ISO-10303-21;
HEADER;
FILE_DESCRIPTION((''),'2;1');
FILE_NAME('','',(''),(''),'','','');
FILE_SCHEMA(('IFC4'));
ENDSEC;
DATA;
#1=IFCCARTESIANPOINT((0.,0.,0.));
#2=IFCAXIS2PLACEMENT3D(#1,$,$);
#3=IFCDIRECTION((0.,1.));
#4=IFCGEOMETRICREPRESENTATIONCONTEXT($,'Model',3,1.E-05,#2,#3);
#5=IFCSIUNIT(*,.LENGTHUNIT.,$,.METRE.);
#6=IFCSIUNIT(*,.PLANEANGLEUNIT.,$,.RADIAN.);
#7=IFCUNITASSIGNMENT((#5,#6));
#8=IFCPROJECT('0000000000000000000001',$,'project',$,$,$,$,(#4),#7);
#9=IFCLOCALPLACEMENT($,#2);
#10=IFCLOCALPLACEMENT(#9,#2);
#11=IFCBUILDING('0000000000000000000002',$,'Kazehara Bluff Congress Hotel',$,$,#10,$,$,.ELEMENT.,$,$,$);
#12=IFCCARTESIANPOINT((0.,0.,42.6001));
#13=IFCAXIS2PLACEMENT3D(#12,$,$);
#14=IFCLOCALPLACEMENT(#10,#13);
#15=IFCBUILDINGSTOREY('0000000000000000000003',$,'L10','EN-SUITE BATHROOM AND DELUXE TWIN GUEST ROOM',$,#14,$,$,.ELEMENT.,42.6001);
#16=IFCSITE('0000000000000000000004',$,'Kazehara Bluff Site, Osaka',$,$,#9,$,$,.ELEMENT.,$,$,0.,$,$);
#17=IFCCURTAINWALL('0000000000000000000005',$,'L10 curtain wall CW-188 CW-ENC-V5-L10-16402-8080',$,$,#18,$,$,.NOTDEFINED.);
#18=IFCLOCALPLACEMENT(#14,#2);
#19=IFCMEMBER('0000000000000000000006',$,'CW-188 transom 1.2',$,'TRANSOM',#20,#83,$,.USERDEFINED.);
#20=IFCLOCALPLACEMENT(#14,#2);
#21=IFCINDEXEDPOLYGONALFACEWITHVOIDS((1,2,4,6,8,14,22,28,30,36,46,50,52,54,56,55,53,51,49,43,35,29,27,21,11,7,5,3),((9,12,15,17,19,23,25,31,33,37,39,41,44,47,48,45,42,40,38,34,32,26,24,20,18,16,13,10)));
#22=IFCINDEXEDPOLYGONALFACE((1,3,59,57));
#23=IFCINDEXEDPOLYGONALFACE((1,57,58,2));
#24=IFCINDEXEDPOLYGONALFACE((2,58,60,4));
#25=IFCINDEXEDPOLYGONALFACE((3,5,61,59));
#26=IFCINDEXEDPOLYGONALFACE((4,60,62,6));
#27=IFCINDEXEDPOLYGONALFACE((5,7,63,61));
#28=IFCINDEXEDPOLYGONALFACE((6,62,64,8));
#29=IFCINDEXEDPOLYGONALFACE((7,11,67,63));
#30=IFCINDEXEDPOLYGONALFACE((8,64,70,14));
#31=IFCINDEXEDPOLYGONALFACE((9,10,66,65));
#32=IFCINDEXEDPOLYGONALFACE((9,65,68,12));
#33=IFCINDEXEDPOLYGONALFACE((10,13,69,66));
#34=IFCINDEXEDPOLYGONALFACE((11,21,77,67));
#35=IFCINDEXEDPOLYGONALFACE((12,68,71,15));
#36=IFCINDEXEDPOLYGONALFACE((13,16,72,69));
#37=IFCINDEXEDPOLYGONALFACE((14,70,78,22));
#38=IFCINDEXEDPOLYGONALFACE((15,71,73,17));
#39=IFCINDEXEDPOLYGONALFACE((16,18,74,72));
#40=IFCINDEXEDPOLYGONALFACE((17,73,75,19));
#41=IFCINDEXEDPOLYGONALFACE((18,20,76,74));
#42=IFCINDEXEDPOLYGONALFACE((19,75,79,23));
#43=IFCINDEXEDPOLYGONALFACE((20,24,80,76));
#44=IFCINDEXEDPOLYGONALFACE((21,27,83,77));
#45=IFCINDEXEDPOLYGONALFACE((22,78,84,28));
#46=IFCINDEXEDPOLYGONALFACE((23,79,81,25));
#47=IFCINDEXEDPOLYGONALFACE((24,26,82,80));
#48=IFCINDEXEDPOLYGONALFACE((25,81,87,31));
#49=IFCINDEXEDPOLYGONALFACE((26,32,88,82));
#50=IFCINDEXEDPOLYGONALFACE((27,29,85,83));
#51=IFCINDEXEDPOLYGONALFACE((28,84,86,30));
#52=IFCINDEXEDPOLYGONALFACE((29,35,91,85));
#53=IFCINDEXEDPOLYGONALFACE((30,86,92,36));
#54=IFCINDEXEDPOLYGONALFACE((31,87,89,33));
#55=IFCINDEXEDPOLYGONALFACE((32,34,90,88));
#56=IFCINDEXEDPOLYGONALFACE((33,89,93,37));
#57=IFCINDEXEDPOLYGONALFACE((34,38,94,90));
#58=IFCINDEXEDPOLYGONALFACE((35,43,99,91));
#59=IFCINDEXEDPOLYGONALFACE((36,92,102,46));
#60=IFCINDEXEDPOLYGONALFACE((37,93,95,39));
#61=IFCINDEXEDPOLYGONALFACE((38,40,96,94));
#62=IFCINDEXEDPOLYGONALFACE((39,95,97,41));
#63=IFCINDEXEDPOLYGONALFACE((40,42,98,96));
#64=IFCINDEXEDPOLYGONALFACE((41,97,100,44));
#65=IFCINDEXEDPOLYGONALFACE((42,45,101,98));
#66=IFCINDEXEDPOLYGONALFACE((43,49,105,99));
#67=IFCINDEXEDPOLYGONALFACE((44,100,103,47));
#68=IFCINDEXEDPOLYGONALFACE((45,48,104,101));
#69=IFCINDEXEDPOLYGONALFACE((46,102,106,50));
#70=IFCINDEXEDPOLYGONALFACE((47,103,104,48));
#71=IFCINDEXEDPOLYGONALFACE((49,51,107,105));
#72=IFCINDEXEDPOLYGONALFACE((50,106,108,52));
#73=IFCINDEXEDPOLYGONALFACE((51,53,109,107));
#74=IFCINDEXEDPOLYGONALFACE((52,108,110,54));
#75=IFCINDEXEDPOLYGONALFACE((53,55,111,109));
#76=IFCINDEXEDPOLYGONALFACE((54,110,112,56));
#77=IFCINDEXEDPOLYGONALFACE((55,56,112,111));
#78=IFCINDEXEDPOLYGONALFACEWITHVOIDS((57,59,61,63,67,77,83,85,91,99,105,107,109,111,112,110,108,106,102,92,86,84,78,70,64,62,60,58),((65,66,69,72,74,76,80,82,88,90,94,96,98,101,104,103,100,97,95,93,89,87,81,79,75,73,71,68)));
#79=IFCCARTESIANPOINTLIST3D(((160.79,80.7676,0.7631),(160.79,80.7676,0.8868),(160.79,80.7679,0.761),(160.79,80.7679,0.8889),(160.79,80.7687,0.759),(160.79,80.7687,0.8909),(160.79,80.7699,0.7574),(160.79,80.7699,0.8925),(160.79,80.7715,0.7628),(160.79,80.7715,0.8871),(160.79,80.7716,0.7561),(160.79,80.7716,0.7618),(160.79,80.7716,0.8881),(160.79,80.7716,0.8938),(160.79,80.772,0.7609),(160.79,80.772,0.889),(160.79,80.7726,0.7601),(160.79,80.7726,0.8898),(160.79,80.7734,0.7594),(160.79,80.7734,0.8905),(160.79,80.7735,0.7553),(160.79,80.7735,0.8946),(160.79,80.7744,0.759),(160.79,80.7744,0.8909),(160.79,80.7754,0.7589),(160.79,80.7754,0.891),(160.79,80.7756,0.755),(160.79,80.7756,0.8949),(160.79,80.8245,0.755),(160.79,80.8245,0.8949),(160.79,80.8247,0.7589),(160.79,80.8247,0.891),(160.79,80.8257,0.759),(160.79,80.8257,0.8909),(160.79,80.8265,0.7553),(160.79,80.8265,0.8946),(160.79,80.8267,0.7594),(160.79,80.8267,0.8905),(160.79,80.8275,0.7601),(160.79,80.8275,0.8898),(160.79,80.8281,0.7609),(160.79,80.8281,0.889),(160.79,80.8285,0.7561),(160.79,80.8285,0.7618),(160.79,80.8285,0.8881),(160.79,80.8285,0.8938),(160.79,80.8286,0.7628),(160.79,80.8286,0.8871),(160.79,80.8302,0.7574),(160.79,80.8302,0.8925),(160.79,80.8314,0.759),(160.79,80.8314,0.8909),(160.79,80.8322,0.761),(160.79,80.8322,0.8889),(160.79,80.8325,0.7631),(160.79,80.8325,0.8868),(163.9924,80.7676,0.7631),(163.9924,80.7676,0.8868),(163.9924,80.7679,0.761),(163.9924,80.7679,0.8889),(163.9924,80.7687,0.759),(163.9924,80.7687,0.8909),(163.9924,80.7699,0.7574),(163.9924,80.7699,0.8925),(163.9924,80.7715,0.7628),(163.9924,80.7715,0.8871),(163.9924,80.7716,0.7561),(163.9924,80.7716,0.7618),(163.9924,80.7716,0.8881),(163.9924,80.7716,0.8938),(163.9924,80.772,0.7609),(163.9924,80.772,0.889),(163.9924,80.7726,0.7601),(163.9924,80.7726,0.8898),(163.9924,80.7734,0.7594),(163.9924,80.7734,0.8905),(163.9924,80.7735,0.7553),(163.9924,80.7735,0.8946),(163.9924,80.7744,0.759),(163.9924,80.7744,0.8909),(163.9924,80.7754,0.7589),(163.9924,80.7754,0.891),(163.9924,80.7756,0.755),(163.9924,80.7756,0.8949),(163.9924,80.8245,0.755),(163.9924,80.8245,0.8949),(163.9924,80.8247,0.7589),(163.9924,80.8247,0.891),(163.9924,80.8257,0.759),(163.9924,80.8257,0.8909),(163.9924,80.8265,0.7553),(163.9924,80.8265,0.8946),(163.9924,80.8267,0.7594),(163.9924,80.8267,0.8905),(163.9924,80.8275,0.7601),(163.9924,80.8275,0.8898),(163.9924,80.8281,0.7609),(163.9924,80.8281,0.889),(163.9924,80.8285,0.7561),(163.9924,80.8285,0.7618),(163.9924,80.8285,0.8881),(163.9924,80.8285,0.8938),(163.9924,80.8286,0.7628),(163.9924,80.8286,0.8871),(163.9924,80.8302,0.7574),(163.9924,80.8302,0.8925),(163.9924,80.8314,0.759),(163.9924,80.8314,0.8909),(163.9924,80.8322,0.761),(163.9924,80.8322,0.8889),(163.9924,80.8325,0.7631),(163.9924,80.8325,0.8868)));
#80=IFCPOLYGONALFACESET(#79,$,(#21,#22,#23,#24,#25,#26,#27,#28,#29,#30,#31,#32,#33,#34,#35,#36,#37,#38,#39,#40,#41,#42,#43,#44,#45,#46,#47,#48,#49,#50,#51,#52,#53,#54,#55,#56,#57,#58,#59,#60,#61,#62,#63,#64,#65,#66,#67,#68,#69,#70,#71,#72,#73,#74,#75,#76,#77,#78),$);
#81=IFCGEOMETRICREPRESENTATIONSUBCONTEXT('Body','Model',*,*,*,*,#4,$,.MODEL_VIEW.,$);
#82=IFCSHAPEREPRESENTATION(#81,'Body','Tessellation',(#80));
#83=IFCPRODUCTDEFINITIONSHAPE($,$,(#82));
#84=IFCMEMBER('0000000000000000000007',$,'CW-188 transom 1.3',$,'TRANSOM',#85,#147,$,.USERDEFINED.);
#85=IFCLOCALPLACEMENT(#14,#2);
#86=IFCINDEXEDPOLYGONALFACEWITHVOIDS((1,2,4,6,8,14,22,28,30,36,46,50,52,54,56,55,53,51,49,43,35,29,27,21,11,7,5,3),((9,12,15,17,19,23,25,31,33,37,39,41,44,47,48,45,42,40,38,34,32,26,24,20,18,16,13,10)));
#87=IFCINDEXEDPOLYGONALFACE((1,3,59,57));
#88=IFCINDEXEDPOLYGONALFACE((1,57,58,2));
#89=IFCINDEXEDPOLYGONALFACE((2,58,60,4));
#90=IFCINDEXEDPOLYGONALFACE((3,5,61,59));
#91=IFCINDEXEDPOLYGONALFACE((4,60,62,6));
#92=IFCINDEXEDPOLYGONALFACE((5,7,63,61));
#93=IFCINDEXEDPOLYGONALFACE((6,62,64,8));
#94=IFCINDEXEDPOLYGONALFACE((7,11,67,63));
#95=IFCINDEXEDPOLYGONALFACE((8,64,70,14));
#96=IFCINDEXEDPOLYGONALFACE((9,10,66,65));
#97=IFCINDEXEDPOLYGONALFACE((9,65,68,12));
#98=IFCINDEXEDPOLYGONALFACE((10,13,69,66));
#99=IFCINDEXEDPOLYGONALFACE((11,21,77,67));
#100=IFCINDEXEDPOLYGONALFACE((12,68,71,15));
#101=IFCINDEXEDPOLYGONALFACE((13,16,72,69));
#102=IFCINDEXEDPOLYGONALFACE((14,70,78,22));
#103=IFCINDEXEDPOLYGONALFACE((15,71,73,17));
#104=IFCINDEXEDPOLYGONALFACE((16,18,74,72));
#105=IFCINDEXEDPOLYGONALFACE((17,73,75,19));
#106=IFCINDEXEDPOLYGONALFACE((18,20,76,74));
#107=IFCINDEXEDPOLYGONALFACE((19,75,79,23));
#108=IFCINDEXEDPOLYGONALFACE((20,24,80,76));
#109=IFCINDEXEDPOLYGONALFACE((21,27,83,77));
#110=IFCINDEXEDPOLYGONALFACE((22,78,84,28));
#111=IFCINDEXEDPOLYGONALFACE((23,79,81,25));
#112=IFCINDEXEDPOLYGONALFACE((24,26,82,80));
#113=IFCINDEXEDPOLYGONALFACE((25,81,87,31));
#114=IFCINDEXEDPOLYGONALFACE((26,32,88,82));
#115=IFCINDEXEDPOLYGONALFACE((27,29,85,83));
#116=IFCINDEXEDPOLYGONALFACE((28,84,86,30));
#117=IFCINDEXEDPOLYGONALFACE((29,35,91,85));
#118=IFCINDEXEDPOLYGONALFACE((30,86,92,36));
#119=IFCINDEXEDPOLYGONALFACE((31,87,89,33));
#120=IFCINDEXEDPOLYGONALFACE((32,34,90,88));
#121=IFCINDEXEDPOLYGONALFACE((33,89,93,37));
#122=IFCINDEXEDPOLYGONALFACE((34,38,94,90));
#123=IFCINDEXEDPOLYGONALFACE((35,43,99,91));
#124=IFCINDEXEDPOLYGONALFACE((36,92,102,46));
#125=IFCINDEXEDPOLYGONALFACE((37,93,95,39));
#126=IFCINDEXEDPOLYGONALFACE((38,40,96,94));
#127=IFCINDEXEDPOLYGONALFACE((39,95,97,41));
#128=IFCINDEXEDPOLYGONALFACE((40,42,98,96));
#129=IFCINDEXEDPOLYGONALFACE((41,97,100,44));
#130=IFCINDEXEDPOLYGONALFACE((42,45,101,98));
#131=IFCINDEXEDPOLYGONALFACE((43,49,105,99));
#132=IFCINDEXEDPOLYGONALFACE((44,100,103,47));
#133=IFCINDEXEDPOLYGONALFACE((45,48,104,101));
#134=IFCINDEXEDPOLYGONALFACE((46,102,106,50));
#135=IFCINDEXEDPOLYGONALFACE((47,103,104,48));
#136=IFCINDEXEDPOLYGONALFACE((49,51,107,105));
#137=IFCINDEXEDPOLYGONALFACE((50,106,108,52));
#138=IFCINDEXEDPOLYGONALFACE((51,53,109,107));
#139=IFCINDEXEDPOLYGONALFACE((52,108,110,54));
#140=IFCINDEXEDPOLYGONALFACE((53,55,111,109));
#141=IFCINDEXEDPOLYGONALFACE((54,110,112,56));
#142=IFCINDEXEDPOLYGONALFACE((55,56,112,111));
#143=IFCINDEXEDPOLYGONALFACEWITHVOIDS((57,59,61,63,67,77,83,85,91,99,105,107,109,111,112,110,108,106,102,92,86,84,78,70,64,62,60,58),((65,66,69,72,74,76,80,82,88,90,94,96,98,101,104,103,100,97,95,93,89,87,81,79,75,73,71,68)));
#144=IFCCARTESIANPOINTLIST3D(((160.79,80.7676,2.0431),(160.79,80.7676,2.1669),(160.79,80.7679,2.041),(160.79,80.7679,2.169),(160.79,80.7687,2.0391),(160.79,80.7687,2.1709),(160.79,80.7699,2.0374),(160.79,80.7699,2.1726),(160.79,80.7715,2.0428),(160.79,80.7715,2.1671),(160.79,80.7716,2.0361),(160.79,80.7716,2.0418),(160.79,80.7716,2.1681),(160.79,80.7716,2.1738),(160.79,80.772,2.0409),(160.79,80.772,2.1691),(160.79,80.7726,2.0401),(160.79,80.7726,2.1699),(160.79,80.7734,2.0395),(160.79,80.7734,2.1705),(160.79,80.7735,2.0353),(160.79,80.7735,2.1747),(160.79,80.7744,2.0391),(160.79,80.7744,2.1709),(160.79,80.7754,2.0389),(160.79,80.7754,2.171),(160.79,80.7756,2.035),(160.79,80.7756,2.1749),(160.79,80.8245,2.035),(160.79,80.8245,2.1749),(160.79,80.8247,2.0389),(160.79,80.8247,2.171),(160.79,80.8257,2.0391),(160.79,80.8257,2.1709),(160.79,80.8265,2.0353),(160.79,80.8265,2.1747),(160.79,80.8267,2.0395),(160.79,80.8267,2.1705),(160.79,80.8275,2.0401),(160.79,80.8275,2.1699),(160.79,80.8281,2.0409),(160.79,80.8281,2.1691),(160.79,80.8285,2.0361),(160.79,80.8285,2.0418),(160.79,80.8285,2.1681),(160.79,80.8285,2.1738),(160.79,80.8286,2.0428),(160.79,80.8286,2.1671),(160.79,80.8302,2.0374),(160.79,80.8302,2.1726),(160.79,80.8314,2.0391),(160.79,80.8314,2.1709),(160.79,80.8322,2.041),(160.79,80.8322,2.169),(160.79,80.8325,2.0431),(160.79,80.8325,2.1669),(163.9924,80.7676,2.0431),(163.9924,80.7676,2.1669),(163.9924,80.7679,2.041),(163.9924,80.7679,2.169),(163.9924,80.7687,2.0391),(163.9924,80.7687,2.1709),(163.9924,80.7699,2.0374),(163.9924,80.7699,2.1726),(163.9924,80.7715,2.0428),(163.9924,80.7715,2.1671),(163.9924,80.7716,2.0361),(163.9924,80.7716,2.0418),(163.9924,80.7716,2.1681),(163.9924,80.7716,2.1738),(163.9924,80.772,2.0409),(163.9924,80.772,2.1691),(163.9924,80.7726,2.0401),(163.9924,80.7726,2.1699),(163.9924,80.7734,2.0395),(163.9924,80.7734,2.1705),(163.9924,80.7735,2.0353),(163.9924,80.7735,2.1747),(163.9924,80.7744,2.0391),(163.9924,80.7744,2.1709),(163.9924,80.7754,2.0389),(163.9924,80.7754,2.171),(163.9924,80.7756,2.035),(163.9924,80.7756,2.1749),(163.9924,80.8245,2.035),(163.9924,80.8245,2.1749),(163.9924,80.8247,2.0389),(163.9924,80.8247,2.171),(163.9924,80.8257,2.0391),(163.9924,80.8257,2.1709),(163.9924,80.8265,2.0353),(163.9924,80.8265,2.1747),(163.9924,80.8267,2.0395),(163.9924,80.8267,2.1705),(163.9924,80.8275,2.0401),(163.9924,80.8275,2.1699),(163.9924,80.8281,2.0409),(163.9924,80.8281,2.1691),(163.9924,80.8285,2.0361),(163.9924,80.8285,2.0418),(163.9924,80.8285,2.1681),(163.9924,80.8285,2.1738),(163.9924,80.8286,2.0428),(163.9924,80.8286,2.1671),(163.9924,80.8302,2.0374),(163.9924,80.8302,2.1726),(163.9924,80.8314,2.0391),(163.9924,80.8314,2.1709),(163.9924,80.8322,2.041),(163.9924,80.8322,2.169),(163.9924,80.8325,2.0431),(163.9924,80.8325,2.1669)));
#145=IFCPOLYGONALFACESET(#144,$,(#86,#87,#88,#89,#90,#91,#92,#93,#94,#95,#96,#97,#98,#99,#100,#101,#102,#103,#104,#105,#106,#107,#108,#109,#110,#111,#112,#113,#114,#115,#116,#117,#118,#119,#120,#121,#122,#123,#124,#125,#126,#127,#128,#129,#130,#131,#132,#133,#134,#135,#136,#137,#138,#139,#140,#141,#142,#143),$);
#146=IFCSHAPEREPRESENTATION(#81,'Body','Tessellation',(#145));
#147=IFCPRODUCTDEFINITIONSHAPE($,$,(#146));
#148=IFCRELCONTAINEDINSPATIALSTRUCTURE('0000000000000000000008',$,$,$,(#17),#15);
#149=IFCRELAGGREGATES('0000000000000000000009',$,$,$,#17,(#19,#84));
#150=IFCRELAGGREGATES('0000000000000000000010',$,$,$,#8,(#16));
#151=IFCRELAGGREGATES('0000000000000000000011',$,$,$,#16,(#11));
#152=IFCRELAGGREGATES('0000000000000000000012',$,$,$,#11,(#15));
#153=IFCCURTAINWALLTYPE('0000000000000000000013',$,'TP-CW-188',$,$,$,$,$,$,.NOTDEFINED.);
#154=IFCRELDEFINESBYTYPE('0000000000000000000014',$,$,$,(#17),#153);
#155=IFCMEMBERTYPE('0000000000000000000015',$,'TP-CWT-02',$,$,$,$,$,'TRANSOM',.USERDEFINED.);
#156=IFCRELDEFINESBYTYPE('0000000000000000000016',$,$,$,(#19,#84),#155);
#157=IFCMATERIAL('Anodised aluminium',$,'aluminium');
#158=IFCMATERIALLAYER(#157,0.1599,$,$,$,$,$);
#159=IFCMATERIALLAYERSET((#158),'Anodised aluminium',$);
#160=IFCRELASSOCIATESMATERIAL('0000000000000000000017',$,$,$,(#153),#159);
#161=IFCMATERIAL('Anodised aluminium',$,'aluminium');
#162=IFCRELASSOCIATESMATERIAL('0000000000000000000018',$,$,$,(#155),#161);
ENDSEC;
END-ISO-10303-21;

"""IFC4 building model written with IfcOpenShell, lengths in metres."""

from ifc_helpers import new_model, si_unit, direction, frame, origin, origin_2d, place, context, subcontext, project, spatial, hollow_rectangle, extrude, material, layer, layer_set, material_profile, profile_set, type_object, element, aggregate, save


model = new_model("IFC4")

# Units and contexts
model_context = context("Model", 3, precision=1e-05, world=origin(), true_north=direction((0.0, 1.0)))
body_context = subcontext(model_context, "Body", "Model", "MODEL_VIEW")
ifc_project = project(units=[si_unit("LENGTHUNIT", "METRE"), si_unit("PLANEANGLEUNIT", "RADIAN")], contexts=[model_context])

# Site, building, storey
site_placement = place(None, origin())
site = spatial("IfcSite", under=ifc_project, at=site_placement, Name="Kazehara Bluff Site, Osaka", CompositionType="ELEMENT", RefElevation=0.0)
building_placement = place(site_placement, origin())
building = spatial("IfcBuilding", under=site, at=building_placement, Name="Kazehara Bluff Congress Hotel", CompositionType="ELEMENT")
storey_placement = place(building_placement, frame((0.0, 0.0, 42.6001)))
storey = spatial("IfcBuildingStorey", under=building, at=storey_placement, Name="L10", Description="EN-SUITE BATHROOM AND DELUXE TWIN GUEST ROOM", CompositionType="ELEMENT", Elevation=42.6001)

# Curtain wall
ifc_material_1 = material(Name="Anodised aluminium", Category="aluminium")
ifc_layer_1 = layer(ifc_material_1, 0.1599)
ifc_layer_set_1 = layer_set([ifc_layer_1], Name="Anodised aluminium")
curtain_wall_type_1 = type_object("IfcCurtainWallType", Name="TP-CW-188", PredefinedType="NOTDEFINED", material=ifc_layer_set_1)
curtain_wall_1_placement = place(storey_placement, origin())
curtain_wall_1 = element("IfcCurtainWall", 1, at=curtain_wall_1_placement, inside=storey, type_object=curtain_wall_type_1, Name="L10 curtain wall CW-188 CW-ENC-V5-L10-16402-8080", PredefinedType="NOTDEFINED")

# Members
ifc_material_2 = material(Name="Anodised aluminium", Category="aluminium")
ifc_material_profile_1 = material_profile(ifc_material_2, hollow_rectangle(XDim=0.0649, YDim=0.1399, WallThickness=0.0039, InnerFilletRadius=0.0039, OuterFilletRadius=0.0081, at=origin_2d()))
ifc_profile_set_1 = profile_set([ifc_material_profile_1], Name="Anodised aluminium")
member_type_1 = type_object("IfcMemberType", Name="TP-CWT-02", ElementType="TRANSOM", PredefinedType="USERDEFINED", material=ifc_profile_set_1)
member_1_placement = place(storey_placement, frame((160.79, 80.8, 0.825), z_axis=(1.0, 0.0, 0.0), x_axis=(0.0, 1.0, 0.0)))
member_1 = element("IfcMember", 2, at=member_1_placement, type_object=member_type_1, Name="CW-188 transom 1.2", ObjectType="TRANSOM", PredefinedType="USERDEFINED", context=body_context, shape_type="SweptSolid", body=[
    extrude(hollow_rectangle(XDim=0.0649, YDim=0.1399, WallThickness=0.0039, InnerFilletRadius=0.0039, OuterFilletRadius=0.0081, at=origin_2d()), origin(), (0.0, 0.0, 1.0), 3.2024),
])
member_2_placement = place(storey_placement, frame((160.79, 80.8, 2.105), z_axis=(1.0, 0.0, 0.0), x_axis=(0.0, 1.0, 0.0)))
member_2 = element("IfcMember", 3, at=member_2_placement, type_object=member_type_1, Name="CW-188 transom 1.3", ObjectType="TRANSOM", PredefinedType="USERDEFINED", context=body_context, shape_type="SweptSolid", body=[
    extrude(hollow_rectangle(XDim=0.0649, YDim=0.1399, WallThickness=0.0039, InnerFilletRadius=0.0039, OuterFilletRadius=0.0081, at=origin_2d()), origin(), (0.0, 0.0, 1.0), 3.2024),
])

aggregate(curtain_wall_1, [member_1, member_2])

save(model, "model.ifc")
